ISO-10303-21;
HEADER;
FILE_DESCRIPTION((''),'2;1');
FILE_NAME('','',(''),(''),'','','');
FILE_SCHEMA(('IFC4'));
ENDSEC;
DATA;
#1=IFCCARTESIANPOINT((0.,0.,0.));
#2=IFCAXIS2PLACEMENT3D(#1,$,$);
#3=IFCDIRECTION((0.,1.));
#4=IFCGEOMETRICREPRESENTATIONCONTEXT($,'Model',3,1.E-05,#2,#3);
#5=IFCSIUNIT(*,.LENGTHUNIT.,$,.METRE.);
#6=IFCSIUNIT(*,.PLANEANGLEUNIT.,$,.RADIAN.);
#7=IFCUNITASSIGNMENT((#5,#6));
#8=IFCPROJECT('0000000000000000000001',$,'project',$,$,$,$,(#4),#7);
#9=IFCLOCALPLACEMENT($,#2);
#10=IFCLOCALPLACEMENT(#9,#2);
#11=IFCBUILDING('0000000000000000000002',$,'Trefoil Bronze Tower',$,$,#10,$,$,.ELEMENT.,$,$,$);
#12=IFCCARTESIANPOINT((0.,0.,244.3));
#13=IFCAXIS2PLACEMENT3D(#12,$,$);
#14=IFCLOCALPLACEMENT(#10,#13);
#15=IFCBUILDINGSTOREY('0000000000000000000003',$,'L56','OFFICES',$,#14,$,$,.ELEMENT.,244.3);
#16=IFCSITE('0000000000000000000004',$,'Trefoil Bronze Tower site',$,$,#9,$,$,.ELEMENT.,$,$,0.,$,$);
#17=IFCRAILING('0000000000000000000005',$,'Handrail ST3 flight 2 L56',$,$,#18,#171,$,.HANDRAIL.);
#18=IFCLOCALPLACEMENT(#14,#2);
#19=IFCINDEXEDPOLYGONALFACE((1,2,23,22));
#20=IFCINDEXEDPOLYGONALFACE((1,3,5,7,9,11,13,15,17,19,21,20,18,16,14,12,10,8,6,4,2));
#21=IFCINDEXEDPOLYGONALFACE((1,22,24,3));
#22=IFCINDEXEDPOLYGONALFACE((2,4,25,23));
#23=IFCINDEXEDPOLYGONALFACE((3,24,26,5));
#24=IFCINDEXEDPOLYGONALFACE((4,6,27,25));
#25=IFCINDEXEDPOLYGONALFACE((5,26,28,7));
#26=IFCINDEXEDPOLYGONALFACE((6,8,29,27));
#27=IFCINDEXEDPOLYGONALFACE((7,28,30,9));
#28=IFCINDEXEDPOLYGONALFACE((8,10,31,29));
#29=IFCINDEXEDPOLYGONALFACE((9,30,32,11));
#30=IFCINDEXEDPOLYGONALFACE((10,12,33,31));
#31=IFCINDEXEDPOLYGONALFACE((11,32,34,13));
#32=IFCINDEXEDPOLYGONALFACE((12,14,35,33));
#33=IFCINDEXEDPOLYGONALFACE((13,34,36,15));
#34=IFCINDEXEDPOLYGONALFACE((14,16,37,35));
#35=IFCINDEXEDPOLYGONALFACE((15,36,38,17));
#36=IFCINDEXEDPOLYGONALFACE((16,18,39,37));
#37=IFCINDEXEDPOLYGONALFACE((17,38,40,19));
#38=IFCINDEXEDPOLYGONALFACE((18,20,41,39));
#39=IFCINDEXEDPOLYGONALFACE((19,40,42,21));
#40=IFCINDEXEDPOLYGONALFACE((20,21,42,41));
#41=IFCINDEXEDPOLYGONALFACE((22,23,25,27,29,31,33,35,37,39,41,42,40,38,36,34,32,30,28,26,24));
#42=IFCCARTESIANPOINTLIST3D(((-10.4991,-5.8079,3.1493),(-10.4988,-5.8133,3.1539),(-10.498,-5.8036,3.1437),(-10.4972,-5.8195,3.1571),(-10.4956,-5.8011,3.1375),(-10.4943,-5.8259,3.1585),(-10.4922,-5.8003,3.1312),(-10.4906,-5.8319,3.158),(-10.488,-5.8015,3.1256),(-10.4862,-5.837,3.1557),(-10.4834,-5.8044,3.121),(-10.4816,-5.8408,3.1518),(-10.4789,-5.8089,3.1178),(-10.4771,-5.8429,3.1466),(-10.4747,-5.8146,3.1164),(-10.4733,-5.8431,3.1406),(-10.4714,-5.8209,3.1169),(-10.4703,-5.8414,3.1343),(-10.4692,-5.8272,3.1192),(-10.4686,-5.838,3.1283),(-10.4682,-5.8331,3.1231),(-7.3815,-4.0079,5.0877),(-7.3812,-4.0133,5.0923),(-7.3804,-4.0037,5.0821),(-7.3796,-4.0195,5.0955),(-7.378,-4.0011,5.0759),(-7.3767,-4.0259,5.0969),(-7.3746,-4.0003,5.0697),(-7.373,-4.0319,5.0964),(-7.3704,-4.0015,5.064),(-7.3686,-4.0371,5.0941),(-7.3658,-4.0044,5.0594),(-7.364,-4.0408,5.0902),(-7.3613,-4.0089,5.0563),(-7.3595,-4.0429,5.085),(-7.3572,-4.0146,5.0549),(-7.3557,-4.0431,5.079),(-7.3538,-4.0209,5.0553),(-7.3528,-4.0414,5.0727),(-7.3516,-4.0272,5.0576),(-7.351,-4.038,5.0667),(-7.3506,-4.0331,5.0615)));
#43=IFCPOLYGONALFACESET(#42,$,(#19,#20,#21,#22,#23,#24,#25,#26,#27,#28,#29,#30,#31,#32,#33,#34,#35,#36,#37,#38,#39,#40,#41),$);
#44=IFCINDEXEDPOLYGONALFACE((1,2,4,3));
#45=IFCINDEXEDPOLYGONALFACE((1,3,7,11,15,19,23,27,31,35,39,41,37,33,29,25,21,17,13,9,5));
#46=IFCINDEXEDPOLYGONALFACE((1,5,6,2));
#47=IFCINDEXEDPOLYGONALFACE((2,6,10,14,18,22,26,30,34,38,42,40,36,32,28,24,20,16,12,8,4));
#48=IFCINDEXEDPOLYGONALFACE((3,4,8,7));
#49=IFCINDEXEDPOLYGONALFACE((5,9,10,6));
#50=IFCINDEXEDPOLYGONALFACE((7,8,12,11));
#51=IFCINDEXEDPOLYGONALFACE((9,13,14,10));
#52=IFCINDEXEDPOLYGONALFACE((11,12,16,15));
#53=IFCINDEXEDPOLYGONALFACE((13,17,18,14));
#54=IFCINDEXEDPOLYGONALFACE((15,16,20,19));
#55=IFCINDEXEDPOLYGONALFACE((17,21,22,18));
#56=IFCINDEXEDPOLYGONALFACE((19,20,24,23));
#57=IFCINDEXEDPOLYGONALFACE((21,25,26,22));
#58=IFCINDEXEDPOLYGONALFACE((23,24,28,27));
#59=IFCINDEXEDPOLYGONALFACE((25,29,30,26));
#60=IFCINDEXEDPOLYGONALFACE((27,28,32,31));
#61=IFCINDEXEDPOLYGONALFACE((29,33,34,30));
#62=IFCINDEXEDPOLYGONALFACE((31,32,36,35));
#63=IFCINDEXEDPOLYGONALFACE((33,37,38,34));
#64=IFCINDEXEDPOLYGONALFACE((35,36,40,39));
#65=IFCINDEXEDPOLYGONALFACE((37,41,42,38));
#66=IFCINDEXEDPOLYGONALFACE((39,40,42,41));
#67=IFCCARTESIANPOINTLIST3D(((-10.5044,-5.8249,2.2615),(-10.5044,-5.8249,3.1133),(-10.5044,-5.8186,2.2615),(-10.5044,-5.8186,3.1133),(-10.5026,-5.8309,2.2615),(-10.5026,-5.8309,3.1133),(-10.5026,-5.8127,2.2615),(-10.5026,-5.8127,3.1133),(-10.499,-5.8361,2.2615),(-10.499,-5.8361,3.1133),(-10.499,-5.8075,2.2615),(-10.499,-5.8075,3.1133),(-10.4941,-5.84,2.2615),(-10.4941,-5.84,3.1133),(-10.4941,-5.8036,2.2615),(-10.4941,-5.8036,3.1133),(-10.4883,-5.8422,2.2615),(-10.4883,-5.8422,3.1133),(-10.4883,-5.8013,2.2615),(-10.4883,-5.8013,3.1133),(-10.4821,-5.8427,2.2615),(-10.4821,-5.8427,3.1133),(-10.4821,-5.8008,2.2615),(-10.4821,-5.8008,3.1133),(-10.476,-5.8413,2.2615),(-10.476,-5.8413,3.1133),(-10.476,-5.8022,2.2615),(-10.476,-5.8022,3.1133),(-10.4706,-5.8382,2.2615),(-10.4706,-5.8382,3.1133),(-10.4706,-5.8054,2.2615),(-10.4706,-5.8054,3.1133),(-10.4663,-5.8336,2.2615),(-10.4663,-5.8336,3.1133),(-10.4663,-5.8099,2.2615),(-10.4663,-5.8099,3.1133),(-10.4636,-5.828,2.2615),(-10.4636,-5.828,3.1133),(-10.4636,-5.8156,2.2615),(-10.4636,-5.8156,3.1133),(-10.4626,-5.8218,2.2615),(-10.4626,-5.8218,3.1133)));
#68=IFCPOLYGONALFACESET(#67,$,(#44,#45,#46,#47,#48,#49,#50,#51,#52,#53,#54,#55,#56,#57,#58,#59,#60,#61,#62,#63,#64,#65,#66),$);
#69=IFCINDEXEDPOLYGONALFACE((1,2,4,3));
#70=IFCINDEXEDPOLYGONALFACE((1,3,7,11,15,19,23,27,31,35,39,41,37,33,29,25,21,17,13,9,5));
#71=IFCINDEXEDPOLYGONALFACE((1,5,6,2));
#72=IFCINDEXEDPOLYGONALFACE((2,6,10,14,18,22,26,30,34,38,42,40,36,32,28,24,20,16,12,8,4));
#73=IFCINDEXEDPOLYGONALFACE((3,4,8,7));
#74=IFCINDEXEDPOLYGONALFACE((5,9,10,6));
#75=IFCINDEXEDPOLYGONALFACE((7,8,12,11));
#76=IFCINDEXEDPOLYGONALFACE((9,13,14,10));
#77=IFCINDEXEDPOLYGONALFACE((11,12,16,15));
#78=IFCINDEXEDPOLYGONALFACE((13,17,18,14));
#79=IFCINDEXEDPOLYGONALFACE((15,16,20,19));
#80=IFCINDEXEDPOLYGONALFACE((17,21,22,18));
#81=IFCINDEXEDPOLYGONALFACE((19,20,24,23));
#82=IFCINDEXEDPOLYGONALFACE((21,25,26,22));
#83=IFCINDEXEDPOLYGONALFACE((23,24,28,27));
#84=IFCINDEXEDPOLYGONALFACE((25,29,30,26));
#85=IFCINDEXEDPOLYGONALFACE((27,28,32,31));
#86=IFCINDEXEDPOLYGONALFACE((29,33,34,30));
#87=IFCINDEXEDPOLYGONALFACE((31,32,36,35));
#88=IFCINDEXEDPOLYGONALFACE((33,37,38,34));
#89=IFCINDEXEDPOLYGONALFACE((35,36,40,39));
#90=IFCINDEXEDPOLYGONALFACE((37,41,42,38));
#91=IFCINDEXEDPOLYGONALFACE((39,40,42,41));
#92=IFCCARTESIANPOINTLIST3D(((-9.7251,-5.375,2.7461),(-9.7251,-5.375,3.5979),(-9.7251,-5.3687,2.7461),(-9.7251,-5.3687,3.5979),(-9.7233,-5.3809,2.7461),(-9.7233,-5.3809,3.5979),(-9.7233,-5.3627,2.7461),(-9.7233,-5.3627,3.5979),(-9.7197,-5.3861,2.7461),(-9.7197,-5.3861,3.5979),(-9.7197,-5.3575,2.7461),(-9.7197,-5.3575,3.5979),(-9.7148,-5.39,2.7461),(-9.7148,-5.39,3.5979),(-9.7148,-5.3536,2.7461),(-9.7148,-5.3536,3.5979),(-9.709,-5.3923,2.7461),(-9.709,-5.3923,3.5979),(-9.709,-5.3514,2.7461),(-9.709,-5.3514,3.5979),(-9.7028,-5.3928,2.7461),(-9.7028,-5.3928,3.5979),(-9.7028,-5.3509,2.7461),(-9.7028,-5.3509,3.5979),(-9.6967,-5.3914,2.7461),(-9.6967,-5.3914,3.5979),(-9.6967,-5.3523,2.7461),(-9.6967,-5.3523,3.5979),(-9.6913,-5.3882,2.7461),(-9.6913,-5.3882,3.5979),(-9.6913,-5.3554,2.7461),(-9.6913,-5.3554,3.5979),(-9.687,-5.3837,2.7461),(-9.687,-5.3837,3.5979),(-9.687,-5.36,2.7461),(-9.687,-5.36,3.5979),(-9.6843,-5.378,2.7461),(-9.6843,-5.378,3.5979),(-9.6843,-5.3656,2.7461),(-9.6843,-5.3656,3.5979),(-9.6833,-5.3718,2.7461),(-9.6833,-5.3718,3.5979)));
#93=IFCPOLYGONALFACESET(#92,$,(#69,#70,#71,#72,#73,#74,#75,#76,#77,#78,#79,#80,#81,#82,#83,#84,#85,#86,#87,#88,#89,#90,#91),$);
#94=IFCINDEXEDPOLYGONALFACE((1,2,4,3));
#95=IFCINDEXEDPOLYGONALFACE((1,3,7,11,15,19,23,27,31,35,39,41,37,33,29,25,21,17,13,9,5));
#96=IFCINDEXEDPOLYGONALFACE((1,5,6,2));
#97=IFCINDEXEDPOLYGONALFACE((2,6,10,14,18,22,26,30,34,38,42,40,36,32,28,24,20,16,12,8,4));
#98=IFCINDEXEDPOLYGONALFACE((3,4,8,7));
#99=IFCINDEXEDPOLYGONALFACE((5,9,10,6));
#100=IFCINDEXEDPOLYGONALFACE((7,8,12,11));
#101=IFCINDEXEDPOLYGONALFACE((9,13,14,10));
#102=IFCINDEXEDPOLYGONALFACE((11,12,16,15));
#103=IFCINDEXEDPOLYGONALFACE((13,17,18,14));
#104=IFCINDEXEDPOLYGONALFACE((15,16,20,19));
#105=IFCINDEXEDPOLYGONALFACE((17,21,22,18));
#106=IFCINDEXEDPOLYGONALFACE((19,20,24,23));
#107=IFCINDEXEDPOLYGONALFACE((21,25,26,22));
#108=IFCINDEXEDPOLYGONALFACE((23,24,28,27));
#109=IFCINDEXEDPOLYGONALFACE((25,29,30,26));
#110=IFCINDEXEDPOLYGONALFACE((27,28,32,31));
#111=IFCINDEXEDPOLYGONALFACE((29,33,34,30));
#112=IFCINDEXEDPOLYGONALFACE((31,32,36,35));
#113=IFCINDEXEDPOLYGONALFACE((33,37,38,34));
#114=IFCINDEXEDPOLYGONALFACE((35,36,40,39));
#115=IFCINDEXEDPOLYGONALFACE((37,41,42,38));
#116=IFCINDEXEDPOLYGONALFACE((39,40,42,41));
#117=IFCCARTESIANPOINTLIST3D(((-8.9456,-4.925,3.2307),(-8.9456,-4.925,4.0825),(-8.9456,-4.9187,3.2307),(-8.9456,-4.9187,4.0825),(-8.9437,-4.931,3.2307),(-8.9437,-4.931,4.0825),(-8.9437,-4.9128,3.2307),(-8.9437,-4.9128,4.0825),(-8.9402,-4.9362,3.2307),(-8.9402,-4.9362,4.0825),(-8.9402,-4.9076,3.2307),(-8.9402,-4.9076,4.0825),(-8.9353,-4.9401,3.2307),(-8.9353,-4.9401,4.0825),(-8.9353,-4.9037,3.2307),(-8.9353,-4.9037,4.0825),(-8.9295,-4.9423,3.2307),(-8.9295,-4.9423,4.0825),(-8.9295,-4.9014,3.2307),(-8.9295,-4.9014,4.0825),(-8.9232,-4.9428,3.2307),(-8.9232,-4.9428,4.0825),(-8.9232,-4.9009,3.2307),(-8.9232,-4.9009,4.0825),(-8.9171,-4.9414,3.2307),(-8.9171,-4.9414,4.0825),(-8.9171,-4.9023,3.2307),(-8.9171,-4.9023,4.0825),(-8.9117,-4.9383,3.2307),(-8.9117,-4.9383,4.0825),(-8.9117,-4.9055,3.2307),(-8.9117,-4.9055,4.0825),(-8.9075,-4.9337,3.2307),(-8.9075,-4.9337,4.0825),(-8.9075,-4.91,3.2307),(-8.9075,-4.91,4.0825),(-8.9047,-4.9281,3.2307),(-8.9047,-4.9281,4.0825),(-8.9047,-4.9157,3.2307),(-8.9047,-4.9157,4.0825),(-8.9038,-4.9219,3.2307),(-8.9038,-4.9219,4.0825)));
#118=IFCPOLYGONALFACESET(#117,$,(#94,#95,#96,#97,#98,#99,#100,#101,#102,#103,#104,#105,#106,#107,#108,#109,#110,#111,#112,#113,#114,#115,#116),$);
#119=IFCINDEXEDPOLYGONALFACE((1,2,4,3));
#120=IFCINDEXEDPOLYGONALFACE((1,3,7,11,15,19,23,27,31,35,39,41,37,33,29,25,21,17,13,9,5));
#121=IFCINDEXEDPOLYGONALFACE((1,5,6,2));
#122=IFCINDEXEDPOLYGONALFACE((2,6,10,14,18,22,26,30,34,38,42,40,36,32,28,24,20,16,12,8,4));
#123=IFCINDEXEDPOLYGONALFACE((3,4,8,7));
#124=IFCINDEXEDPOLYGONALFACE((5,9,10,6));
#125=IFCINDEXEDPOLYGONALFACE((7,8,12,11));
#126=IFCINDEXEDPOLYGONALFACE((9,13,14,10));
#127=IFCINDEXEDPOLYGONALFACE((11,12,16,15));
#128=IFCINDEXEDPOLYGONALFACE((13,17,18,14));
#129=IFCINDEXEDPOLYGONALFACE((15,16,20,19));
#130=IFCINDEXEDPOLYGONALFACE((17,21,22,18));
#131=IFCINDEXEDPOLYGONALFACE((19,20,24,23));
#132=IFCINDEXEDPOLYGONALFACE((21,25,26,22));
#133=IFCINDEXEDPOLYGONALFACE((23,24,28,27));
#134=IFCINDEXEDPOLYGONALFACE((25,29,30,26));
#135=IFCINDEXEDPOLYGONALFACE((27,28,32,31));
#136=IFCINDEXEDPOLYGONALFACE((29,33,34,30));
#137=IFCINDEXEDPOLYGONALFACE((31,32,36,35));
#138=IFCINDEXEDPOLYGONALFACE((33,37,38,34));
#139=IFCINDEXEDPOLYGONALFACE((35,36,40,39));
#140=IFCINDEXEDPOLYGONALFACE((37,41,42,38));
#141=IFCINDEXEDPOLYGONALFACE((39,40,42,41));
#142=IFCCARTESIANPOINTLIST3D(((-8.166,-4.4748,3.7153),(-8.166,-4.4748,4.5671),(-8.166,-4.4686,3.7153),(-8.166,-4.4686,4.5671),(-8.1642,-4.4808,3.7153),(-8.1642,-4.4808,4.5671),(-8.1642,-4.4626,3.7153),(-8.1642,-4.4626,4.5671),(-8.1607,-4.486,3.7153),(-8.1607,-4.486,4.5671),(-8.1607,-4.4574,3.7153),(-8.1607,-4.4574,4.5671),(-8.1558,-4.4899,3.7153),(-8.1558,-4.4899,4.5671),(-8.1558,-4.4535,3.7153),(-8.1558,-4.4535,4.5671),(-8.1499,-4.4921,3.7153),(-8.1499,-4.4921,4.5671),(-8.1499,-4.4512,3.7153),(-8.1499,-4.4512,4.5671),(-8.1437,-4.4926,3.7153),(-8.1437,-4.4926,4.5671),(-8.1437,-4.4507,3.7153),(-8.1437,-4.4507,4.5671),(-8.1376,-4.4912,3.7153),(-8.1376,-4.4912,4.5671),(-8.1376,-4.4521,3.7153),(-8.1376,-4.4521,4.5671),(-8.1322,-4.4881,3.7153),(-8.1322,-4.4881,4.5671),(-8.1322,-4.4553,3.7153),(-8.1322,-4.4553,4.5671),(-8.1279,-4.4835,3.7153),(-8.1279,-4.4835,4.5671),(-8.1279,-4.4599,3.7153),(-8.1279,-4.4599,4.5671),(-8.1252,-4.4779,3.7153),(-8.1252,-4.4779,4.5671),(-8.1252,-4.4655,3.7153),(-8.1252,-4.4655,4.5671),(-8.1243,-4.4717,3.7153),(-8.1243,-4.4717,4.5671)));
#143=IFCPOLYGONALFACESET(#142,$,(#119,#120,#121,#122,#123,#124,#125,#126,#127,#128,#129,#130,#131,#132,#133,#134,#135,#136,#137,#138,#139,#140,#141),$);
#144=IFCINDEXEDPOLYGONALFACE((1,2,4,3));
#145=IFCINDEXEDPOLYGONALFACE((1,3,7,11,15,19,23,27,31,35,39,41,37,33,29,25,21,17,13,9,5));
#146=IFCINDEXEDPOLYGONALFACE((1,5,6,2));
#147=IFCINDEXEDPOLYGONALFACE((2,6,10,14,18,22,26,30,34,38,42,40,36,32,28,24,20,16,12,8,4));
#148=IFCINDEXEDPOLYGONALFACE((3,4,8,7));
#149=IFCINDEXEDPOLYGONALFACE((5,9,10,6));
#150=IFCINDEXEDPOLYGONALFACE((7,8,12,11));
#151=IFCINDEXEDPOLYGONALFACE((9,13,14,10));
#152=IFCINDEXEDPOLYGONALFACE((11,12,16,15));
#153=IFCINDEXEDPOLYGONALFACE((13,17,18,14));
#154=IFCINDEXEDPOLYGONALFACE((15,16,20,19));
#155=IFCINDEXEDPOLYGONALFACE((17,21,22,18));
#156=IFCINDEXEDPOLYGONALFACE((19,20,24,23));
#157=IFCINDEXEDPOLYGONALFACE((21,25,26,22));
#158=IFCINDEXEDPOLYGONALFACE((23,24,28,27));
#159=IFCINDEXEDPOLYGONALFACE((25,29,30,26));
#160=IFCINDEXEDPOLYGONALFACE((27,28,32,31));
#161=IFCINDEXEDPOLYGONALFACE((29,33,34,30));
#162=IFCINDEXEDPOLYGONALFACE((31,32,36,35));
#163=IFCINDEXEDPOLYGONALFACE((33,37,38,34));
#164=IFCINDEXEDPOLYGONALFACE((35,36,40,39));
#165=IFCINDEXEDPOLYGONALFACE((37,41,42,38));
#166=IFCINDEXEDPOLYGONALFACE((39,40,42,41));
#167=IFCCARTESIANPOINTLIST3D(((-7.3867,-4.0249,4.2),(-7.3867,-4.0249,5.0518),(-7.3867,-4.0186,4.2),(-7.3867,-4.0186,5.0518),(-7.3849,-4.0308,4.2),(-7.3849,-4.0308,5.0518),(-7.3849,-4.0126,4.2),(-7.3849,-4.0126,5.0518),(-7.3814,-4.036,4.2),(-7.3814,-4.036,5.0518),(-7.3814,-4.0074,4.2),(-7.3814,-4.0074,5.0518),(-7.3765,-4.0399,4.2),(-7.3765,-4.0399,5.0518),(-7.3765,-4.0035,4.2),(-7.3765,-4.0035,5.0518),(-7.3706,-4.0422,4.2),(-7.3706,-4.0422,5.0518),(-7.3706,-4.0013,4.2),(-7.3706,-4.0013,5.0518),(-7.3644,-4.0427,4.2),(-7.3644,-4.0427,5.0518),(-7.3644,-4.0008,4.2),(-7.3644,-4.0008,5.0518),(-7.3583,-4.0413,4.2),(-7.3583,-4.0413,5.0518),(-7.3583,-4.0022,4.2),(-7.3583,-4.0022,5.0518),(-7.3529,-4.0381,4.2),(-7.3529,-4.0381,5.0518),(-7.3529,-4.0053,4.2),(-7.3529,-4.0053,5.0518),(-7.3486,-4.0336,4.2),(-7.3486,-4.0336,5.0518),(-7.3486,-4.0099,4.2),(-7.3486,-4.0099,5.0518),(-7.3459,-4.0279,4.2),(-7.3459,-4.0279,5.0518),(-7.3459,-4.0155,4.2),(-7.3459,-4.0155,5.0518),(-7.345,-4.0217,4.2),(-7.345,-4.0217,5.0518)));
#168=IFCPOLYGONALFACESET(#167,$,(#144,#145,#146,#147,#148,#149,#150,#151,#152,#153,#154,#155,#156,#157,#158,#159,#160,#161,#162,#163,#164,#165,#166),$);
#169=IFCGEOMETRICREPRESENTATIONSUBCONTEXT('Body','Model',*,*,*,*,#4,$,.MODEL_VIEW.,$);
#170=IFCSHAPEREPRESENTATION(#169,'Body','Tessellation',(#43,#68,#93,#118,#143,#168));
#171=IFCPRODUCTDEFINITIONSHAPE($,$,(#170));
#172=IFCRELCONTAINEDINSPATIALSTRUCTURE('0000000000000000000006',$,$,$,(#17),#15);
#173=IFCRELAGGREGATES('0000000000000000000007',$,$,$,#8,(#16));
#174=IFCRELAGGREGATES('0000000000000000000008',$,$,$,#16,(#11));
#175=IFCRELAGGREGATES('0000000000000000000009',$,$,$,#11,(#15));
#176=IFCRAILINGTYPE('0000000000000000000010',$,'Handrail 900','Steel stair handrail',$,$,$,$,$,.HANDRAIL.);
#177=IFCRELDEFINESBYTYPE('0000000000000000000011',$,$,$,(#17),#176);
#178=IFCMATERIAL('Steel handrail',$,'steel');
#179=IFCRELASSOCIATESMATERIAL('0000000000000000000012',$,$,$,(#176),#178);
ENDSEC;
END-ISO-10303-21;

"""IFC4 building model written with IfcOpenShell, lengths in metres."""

from ifc_helpers import new_model, si_unit, direction, frame, origin, origin_2d, place, context, subcontext, project, spatial, circle, extrude, material, type_object, element, save


model = new_model("IFC4")

# Units and contexts
model_context = context("Model", 3, precision=1e-05, world=origin(), true_north=direction((0.0, 1.0)))
body_context = subcontext(model_context, "Body", "Model", "MODEL_VIEW")
ifc_project = project(units=[si_unit("LENGTHUNIT", "METRE"), si_unit("PLANEANGLEUNIT", "RADIAN")], contexts=[model_context])

# Site, building, storey
site_placement = place(None, origin())
site = spatial("IfcSite", under=ifc_project, at=site_placement, Name="Trefoil Bronze Tower site", CompositionType="ELEMENT", RefElevation=0.0)
building_placement = place(site_placement, origin())
building = spatial("IfcBuilding", under=site, at=building_placement, Name="Trefoil Bronze Tower", CompositionType="ELEMENT")
storey_placement = place(building_placement, frame((0.0, 0.0, 244.3)))
storey = spatial("IfcBuildingStorey", under=building, at=storey_placement, Name="L56", Description="OFFICES", CompositionType="ELEMENT", Elevation=244.3)

# Railing
ifc_material_1 = material(Name="Steel handrail", Category="steel")
railing_type = type_object("IfcRailingType", Name="Handrail 900", Description="Steel stair handrail", PredefinedType="HANDRAIL", material=ifc_material_1)
railing_placement = place(storey_placement, frame((-10.4836, -5.8218, 2.2615)))
element("IfcRailing", 1, at=railing_placement, inside=storey, type_object=railing_type, Name="Handrail ST3 flight 2 L56", PredefinedType="HANDRAIL", context=body_context, shape_type="SweptSolid", body=[
    extrude(circle(Radius=0.0239, at=origin_2d()), frame((0.0, 0.0, 0.876), z_axis=(0.762503, 0.440246, 0.474102), x_axis=(-0.500012, 0.866018, 0.0)), (0.0, 0.0, 1.0), 4.0886),
    extrude(circle(Radius=0.021, at=origin_2d()), origin(), (0.0, 0.0, 1.0), 0.8518),
    extrude(circle(Radius=0.021, at=origin_2d()), frame((0.7793, 0.45, 0.4846)), (0.0, 0.0, 1.0), 0.8518),
    extrude(circle(Radius=0.021, at=origin_2d()), frame((1.5588, 0.8999, 0.9692)), (0.0, 0.0, 1.0), 0.8518),
    extrude(circle(Radius=0.021, at=origin_2d()), frame((2.3384, 1.3501, 1.4539)), (0.0, 0.0, 1.0), 0.8518),
    extrude(circle(Radius=0.021, at=origin_2d()), frame((3.1177, 1.8, 1.9385)), (0.0, 0.0, 1.0), 0.8518),
])

save(model, "model.ifc")
